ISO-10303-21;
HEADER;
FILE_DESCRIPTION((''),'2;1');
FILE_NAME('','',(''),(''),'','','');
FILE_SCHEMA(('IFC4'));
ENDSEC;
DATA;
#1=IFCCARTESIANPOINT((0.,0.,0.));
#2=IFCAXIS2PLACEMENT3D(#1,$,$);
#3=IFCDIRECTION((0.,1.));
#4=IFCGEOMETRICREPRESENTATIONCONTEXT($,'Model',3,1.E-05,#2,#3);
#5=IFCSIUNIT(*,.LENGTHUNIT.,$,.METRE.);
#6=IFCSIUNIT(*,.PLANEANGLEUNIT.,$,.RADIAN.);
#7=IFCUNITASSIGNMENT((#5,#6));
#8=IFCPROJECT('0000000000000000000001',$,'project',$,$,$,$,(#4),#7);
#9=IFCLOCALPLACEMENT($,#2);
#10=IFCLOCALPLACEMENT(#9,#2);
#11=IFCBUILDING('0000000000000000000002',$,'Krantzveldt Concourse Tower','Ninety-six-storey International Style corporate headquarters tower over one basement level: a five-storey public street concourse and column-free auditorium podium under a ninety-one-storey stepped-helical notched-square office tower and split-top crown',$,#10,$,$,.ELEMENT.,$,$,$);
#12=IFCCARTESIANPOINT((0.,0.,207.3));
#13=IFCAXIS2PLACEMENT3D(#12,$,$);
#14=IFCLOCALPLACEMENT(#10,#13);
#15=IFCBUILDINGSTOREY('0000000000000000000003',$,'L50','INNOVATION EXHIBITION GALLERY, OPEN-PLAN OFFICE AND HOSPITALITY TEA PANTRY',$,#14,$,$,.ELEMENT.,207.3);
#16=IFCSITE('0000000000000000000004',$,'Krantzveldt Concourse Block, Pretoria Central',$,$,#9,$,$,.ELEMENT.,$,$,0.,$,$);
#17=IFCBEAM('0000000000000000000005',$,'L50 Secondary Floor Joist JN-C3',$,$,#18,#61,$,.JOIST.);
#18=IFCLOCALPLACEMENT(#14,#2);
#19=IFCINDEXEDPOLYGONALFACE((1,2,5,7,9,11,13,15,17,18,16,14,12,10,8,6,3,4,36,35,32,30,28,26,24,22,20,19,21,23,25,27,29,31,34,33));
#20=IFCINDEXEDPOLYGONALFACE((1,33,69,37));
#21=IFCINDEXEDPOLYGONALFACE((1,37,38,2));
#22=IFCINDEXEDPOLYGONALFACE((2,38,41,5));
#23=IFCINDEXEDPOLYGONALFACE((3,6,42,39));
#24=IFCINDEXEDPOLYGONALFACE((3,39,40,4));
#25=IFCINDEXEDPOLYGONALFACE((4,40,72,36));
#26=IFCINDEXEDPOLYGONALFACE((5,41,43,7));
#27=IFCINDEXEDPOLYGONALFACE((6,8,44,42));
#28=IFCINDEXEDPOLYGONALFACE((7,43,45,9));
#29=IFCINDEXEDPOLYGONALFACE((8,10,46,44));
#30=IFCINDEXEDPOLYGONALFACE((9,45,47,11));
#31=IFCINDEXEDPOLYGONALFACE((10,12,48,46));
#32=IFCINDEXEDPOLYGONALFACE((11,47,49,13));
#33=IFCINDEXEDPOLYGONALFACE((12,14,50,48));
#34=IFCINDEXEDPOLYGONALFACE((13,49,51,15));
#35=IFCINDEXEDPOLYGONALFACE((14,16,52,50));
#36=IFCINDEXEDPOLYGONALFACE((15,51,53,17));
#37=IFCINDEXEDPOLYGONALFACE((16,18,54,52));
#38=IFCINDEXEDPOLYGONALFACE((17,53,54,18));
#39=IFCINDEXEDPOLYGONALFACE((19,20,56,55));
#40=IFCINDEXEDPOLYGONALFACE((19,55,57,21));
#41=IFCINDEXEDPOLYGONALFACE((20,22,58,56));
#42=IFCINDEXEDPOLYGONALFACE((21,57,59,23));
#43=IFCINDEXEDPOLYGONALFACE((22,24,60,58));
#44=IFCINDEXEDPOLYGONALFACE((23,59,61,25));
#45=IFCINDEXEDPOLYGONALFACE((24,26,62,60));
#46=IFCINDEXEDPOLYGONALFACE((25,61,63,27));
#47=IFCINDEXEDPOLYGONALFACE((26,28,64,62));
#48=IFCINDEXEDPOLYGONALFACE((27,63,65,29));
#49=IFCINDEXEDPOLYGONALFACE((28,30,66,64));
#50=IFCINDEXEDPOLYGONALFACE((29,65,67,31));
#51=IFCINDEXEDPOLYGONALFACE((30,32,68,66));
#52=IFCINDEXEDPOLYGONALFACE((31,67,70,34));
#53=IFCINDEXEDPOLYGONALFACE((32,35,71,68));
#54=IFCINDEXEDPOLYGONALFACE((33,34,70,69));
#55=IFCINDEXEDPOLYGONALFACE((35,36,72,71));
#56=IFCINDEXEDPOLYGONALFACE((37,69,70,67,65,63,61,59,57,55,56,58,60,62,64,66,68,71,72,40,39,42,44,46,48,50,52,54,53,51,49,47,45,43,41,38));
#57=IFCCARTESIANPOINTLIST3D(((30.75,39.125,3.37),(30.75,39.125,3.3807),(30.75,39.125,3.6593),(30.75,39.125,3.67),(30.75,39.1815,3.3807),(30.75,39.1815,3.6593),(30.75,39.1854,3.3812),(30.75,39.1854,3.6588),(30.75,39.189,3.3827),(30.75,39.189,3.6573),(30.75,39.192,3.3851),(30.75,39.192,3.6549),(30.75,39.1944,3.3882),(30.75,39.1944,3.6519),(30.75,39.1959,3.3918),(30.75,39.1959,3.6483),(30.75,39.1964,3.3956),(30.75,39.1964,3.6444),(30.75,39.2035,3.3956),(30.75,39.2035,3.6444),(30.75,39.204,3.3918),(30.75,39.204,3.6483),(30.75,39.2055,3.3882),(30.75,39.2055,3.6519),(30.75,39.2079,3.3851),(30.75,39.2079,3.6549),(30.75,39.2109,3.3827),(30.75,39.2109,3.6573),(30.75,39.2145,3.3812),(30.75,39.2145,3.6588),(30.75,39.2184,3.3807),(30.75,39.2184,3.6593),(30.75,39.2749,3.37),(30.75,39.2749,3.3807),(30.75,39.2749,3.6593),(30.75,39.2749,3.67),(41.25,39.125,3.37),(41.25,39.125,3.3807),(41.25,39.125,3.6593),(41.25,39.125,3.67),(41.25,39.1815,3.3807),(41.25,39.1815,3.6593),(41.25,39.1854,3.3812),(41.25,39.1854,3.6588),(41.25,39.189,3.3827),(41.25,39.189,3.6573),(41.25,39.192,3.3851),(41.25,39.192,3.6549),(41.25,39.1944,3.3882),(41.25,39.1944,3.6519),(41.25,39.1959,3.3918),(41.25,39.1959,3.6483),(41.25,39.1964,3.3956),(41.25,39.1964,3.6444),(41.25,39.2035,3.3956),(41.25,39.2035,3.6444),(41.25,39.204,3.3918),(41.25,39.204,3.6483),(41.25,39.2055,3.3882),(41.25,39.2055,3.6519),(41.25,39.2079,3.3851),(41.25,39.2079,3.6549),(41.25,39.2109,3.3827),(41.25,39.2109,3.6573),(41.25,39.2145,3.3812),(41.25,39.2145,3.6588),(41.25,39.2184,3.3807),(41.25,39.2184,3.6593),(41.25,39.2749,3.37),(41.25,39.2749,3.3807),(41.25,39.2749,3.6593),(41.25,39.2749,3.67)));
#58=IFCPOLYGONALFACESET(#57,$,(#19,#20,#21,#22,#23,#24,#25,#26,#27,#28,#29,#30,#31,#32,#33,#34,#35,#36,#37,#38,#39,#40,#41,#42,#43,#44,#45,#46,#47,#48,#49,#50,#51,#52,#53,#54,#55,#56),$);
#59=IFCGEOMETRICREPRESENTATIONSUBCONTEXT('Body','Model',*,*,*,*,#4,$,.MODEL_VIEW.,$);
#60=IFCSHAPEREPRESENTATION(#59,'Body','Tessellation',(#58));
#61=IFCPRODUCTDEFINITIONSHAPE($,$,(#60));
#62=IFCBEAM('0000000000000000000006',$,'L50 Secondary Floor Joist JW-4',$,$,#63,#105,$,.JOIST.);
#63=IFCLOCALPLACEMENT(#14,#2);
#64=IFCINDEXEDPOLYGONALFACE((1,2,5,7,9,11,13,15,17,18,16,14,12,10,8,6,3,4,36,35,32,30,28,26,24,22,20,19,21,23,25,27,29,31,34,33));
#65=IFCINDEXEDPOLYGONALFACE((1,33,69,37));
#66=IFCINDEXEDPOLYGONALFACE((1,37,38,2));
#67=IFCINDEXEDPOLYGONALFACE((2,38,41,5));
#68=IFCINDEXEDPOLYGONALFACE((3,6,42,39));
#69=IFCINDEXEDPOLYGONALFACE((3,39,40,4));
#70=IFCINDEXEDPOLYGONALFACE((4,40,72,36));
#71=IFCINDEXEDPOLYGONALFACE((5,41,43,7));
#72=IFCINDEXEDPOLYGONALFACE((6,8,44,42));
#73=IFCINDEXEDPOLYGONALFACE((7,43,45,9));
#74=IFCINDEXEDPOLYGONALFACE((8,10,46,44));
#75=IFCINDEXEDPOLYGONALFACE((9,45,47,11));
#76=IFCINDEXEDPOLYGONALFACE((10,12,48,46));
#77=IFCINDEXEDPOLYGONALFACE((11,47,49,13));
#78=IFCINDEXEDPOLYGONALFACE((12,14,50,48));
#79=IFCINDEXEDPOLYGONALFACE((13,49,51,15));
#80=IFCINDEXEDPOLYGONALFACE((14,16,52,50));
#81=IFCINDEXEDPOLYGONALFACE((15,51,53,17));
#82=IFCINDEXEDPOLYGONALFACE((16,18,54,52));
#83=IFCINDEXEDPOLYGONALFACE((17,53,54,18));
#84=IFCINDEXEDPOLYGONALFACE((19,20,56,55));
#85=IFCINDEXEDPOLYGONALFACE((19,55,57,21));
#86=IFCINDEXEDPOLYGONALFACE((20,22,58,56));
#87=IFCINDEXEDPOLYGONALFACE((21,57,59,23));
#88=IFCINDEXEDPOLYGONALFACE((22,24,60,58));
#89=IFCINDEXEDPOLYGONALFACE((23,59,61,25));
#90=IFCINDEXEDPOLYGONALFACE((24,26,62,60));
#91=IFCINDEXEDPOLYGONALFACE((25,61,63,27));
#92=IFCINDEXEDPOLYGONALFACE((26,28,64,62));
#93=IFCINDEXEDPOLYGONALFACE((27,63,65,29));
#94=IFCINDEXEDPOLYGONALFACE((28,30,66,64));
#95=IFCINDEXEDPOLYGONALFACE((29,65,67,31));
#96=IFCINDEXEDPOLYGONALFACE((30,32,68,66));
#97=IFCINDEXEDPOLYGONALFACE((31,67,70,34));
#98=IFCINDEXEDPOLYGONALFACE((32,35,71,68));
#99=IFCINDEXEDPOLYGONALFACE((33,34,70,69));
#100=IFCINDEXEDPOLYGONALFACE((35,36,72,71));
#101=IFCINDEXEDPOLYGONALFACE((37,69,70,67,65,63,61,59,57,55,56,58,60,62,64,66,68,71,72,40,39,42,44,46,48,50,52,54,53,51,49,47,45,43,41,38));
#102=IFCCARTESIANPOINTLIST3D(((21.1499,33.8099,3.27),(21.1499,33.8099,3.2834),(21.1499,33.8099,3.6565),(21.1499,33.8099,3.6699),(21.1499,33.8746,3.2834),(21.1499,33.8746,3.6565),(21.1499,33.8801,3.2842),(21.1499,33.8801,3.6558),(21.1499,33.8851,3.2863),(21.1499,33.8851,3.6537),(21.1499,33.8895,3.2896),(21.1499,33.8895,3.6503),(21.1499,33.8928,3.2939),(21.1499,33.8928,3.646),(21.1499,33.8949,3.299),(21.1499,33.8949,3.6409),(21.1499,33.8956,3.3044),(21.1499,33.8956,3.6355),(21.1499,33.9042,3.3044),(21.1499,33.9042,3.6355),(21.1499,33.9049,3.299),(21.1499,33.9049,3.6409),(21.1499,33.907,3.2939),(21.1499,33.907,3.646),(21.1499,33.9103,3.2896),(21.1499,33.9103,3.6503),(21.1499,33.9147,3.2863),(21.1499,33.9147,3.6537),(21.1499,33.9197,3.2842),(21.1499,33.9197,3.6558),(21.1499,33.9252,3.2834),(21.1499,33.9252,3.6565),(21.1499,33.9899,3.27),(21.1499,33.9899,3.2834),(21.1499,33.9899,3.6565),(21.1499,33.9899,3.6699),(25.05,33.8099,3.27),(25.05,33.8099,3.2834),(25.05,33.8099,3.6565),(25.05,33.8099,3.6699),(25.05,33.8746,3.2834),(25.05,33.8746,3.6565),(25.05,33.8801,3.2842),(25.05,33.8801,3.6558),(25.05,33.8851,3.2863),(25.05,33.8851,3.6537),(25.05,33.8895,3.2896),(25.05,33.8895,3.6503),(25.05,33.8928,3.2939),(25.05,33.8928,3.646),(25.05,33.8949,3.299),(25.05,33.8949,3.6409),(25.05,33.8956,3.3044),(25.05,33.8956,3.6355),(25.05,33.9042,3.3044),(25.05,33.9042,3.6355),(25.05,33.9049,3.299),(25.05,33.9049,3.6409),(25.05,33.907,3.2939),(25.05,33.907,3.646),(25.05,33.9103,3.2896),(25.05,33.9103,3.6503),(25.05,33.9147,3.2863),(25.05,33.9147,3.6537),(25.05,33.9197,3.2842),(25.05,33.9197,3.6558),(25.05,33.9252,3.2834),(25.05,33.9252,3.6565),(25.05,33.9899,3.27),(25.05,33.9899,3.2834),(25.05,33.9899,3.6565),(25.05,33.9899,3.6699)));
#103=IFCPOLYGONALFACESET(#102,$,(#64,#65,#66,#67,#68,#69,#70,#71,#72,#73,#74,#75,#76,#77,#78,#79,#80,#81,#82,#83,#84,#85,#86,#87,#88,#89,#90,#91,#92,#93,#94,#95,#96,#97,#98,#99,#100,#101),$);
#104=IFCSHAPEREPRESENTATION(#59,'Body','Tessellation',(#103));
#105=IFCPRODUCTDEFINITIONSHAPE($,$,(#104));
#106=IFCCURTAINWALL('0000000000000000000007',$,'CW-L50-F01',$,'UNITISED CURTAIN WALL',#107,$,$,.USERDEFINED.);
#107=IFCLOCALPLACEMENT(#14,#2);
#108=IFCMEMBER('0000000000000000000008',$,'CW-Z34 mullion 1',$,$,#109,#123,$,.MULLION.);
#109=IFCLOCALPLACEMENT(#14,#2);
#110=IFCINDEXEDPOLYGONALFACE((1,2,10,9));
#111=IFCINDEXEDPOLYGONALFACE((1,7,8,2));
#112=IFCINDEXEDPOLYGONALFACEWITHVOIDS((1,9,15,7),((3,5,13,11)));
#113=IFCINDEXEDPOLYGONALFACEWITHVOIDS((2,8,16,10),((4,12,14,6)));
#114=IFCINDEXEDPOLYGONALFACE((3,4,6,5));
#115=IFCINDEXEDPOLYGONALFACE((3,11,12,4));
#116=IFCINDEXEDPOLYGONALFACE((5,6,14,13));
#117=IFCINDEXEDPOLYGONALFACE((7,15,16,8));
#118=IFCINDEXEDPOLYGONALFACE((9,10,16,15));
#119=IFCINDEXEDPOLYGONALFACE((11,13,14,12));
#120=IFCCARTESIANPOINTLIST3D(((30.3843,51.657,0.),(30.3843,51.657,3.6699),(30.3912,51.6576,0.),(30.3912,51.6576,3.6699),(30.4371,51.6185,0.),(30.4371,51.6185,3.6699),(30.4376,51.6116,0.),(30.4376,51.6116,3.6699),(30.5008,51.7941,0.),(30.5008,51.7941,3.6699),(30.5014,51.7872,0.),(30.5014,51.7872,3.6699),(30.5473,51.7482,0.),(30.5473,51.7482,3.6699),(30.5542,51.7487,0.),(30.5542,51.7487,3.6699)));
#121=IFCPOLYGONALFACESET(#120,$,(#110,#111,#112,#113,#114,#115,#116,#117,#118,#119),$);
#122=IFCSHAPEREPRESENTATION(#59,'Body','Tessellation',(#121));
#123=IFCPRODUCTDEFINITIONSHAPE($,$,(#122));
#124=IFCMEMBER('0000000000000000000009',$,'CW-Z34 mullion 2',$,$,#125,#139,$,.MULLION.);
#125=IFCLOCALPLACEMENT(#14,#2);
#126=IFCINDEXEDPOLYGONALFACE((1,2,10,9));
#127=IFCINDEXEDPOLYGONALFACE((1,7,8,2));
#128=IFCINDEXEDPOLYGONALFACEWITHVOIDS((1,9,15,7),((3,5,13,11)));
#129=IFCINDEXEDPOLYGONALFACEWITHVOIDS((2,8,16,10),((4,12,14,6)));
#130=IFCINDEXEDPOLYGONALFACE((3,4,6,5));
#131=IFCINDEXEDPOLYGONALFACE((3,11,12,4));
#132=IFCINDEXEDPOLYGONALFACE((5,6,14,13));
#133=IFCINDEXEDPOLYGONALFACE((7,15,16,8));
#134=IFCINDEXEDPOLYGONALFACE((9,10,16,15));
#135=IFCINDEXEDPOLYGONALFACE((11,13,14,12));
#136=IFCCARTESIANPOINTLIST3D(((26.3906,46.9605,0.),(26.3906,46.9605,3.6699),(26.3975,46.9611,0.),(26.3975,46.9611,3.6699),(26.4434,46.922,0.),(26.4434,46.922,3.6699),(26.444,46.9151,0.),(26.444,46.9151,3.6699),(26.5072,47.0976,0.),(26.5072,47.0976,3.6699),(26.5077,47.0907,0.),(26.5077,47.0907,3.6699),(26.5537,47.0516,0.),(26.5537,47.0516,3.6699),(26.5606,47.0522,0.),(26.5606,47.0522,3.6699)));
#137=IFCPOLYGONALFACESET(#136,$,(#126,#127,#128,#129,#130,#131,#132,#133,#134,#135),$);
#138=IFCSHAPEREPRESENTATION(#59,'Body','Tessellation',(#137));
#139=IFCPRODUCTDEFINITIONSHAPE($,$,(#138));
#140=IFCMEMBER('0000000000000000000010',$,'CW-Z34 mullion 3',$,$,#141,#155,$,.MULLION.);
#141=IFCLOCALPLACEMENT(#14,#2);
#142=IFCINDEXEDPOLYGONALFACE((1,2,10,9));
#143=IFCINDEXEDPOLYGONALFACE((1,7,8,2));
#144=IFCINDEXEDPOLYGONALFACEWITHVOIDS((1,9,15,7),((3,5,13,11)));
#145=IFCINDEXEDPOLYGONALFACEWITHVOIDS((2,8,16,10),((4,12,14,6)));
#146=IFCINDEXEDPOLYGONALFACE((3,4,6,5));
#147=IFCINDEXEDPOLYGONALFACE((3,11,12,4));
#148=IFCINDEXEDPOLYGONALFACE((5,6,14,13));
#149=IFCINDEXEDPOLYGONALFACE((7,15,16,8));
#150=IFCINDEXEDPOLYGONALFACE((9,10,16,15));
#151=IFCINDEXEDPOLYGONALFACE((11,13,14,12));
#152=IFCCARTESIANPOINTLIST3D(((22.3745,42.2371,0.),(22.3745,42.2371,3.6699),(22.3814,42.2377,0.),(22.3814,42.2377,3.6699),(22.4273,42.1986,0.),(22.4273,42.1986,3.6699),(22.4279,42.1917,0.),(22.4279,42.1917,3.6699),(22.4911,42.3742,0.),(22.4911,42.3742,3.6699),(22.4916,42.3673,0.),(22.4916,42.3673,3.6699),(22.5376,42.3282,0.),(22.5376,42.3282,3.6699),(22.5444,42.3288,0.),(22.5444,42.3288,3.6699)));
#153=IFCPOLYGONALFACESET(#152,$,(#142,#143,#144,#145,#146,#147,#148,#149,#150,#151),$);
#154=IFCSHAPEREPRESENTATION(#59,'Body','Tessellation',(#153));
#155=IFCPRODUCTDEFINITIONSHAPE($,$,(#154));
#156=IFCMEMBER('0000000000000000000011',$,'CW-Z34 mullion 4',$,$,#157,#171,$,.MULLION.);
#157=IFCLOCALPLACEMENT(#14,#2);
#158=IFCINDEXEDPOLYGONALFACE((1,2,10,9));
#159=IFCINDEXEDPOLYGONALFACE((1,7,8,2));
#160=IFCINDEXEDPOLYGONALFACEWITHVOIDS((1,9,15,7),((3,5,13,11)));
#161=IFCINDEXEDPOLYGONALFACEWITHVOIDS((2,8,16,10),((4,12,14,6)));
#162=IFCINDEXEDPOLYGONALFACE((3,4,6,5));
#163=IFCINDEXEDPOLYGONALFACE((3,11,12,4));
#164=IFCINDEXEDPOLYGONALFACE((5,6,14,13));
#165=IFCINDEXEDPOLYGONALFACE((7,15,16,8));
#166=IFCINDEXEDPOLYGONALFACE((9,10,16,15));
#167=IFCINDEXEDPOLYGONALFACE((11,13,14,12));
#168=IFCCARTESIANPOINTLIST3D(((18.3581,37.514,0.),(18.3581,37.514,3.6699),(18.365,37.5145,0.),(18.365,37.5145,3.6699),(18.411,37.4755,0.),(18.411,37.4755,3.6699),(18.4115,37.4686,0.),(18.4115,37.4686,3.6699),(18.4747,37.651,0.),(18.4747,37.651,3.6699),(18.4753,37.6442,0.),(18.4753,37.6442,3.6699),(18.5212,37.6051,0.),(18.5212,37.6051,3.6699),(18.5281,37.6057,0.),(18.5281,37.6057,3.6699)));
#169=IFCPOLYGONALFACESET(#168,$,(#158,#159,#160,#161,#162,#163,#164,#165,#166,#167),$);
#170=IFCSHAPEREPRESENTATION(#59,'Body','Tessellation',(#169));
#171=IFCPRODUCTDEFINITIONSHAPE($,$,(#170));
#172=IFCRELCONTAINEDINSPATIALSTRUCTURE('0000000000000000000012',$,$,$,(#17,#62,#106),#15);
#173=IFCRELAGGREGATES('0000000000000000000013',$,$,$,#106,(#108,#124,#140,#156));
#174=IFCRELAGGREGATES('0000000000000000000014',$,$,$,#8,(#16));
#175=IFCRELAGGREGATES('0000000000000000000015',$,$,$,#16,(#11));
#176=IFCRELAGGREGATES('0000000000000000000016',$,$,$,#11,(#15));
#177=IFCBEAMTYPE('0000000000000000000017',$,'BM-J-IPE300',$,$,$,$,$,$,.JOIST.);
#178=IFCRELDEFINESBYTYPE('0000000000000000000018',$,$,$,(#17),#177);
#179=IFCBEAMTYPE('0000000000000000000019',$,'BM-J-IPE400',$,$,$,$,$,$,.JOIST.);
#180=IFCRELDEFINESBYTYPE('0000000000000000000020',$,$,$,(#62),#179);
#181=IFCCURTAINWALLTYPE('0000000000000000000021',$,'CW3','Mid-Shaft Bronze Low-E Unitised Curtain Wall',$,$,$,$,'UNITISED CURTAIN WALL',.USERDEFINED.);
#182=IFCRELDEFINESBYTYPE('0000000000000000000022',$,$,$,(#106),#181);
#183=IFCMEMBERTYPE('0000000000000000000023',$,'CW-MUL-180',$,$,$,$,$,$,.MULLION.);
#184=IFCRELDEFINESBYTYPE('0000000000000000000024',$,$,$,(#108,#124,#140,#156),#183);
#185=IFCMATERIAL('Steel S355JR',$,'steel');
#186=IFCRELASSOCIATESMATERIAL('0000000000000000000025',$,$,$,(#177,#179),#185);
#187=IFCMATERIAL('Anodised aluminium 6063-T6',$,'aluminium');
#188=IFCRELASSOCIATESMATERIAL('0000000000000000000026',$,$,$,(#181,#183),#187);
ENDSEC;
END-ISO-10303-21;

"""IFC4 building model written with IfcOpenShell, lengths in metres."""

from ifc_helpers import new_model, si_unit, direction, frame, origin, origin_2d, place, context, subcontext, project, spatial, hollow_rectangle, i_section, extrude, source, transform, mapped, material, material_profile, profile_set, type_object, type_shapes, element, aggregate, save


model = new_model("IFC4")

# Units and contexts
model_context = context("Model", 3, precision=1e-05, world=origin(), true_north=direction((0.0, 1.0)))
body_context = subcontext(model_context, "Body", "Model", "MODEL_VIEW")
ifc_project = project(units=[si_unit("LENGTHUNIT", "METRE"), si_unit("PLANEANGLEUNIT", "RADIAN")], contexts=[model_context])

# Site, building, storey
site_placement = place(None, origin())
site = spatial("IfcSite", under=ifc_project, at=site_placement, Name="Krantzveldt Concourse Block, Pretoria Central", CompositionType="ELEMENT", RefElevation=0.0)
building_placement = place(site_placement, origin())
building = spatial("IfcBuilding", under=site, at=building_placement, Name="Krantzveldt Concourse Tower", Description="Ninety-six-storey International Style corporate headquarters tower over one basement level: a five-storey public street concourse and column-free auditorium podium under a ninety-one-storey stepped-helical notched-square office tower and split-top crown", CompositionType="ELEMENT")
storey_placement = place(building_placement, frame((0.0, 0.0, 207.3)))
storey = spatial("IfcBuildingStorey", under=building, at=storey_placement, Name="L50", Description="INNOVATION EXHIBITION GALLERY, OPEN-PLAN OFFICE AND HOSPITALITY TEA PANTRY", CompositionType="ELEMENT", Elevation=207.3)

# Beams
ifc_material_1 = material(Name="Steel S355JR", Category="steel")
ifc_material_profile_1 = material_profile(ifc_material_1, i_section(OverallWidth=0.1499, OverallDepth=0.3, WebThickness=0.0071, FlangeThickness=0.0107, FilletRadius=0.0149, at=origin_2d()), Name="Steel S355JR", Category="steel")
ifc_profile_set_1 = profile_set([ifc_material_profile_1], Name="Steel S355JR - IPE 300")
beam_type_1 = type_object("IfcBeamType", Name="BM-J-IPE300", PredefinedType="JOIST", material=ifc_profile_set_1)
shared_shape_1 = source(origin(), body_context, "Body", "SweptSolid", [
    extrude(i_section(OverallWidth=0.1499, OverallDepth=0.3, WebThickness=0.0071, FlangeThickness=0.0107, FilletRadius=0.0149, at=origin_2d()), origin(), (0.0, 0.0, 1.0), 10.5),
])
type_shapes(beam_type_1, [shared_shape_1])
beam_1_placement = place(storey_placement, frame((30.75, 39.2, 3.52), z_axis=(1.0, 0.0, 0.0), x_axis=(0.0, 1.0, 0.0)))
element("IfcBeam", 1, at=beam_1_placement, inside=storey, type_object=beam_type_1, Name="L50 Secondary Floor Joist JN-C3", PredefinedType="JOIST", context=body_context, shape_type="MappedRepresentation", body=[
    mapped(shared_shape_1, transform((0.0, 0.0, 0.0), x_axis=(1.0, 0.0, 0.0), y_axis=(0.0, 1.0, 0.0), z_axis=(0.0, 0.0, 1.0), scale=1.0)),
])
ifc_material_profile_2 = material_profile(ifc_material_1, i_section(OverallWidth=0.1799, OverallDepth=0.3999, WebThickness=0.0085, FlangeThickness=0.0134, FilletRadius=0.021, at=origin_2d()), Name="Steel S355JR", Category="steel")
ifc_profile_set_2 = profile_set([ifc_material_profile_2], Name="Steel S355JR - IPE 400")
beam_type_2 = type_object("IfcBeamType", Name="BM-J-IPE400", PredefinedType="JOIST", material=ifc_profile_set_2)
shared_shape_2 = source(origin(), body_context, "Body", "SweptSolid", [
    extrude(i_section(OverallWidth=0.1799, OverallDepth=0.3999, WebThickness=0.0085, FlangeThickness=0.0134, FilletRadius=0.021, at=origin_2d()), origin(), (0.0, 0.0, 1.0), 3.9001),
])
type_shapes(beam_type_2, [shared_shape_2])
beam_2_placement = place(storey_placement, frame((21.1499, 33.8999, 3.47), z_axis=(1.0, 0.0, 0.0), x_axis=(0.0, 1.0, 0.0)))
element("IfcBeam", 2, at=beam_2_placement, inside=storey, type_object=beam_type_2, Name="L50 Secondary Floor Joist JW-4", PredefinedType="JOIST", context=body_context, shape_type="MappedRepresentation", body=[
    mapped(shared_shape_2, transform((0.0, 0.0, 0.0), x_axis=(1.0, 0.0, 0.0), y_axis=(0.0, 1.0, 0.0), z_axis=(0.0, 0.0, 1.0), scale=1.0)),
])

# Curtain wall, members
ifc_material_2 = material(Name="Anodised aluminium 6063-T6", Category="aluminium")
curtain_wall_type = type_object("IfcCurtainWallType", Name="CW3", Description="Mid-Shaft Bronze Low-E Unitised Curtain Wall", ElementType="UNITISED CURTAIN WALL", PredefinedType="USERDEFINED", material=ifc_material_2)
curtain_wall_placement = place(storey_placement, origin())
curtain_wall = element("IfcCurtainWall", 3, at=curtain_wall_placement, inside=storey, type_object=curtain_wall_type, Name="CW-L50-F01", ObjectType="UNITISED CURTAIN WALL", PredefinedType="USERDEFINED")
ifc_material_profile_3 = material_profile(ifc_material_2, hollow_rectangle(XDim=0.0701, YDim=0.1799, WallThickness=0.0049, at=origin_2d()), Name="Anodised aluminium 6063-T6", Category="aluminium")
ifc_profile_set_3 = profile_set([ifc_material_profile_3], Name="Anodised aluminium 6063-T6 - ALU-MULL 180x70x5")
member_type_1 = type_object("IfcMemberType", Name="CW-MUL-180", PredefinedType="MULLION", material=ifc_profile_set_3)
shared_shape_3 = source(origin(), body_context, "Body", "SweptSolid", [
    extrude(hollow_rectangle(XDim=0.0701, YDim=0.1799, WallThickness=0.0049, at=origin_2d()), origin(), (0.0, 0.0, 1.0), 3.6699),
])
type_shapes(member_type_1, [shared_shape_3])
member_1_placement = place(storey_placement, frame((30.4692, 51.7029, 0.0), z_axis=(0.0, 0.0, 1.0), x_axis=(0.761821, -0.647788, 0.0)))
member_1 = element("IfcMember", 4, at=member_1_placement, type_object=member_type_1, Name="CW-Z34 mullion 1", PredefinedType="MULLION", context=body_context, shape_type="MappedRepresentation", body=[
    mapped(shared_shape_3, transform((0.0, 0.0, 0.0), x_axis=(1.0, 0.0, 0.0), y_axis=(0.0, 1.0, 0.0), z_axis=(0.0, 0.0, 1.0), scale=1.0)),
])
member_2_placement = place(storey_placement, frame((26.4756, 47.0063, 0.0), z_axis=(0.0, 0.0, 1.0), x_axis=(0.761821, -0.647788, 0.0)))
member_2 = element("IfcMember", 5, at=member_2_placement, type_object=member_type_1, Name="CW-Z34 mullion 2", PredefinedType="MULLION", context=body_context, shape_type="MappedRepresentation", body=[
    mapped(shared_shape_3, transform((0.0, 0.0, 0.0), x_axis=(1.0, 0.0, 0.0), y_axis=(0.0, 1.0, 0.0), z_axis=(0.0, 0.0, 1.0), scale=1.0)),
])
member_3_placement = place(storey_placement, frame((22.4595, 42.283, 0.0), z_axis=(0.0, 0.0, 1.0), x_axis=(0.761821, -0.647788, 0.0)))
member_3 = element("IfcMember", 6, at=member_3_placement, type_object=member_type_1, Name="CW-Z34 mullion 3", PredefinedType="MULLION", context=body_context, shape_type="MappedRepresentation", body=[
    mapped(shared_shape_3, transform((0.0, 0.0, 0.0), x_axis=(1.0, 0.0, 0.0), y_axis=(0.0, 1.0, 0.0), z_axis=(0.0, 0.0, 1.0), scale=1.0)),
])
member_4_placement = place(storey_placement, frame((18.4431, 37.5598, 0.0), z_axis=(0.0, 0.0, 1.0), x_axis=(0.761821, -0.647788, 0.0)))
member_4 = element("IfcMember", 7, at=member_4_placement, type_object=member_type_1, Name="CW-Z34 mullion 4", PredefinedType="MULLION", context=body_context, shape_type="MappedRepresentation", body=[
    mapped(shared_shape_3, transform((0.0, 0.0, 0.0), x_axis=(1.0, 0.0, 0.0), y_axis=(0.0, 1.0, 0.0), z_axis=(0.0, 0.0, 1.0), scale=1.0)),
])
aggregate(curtain_wall, [member_1, member_2, member_3, member_4])

save(model, "model.ifc")
